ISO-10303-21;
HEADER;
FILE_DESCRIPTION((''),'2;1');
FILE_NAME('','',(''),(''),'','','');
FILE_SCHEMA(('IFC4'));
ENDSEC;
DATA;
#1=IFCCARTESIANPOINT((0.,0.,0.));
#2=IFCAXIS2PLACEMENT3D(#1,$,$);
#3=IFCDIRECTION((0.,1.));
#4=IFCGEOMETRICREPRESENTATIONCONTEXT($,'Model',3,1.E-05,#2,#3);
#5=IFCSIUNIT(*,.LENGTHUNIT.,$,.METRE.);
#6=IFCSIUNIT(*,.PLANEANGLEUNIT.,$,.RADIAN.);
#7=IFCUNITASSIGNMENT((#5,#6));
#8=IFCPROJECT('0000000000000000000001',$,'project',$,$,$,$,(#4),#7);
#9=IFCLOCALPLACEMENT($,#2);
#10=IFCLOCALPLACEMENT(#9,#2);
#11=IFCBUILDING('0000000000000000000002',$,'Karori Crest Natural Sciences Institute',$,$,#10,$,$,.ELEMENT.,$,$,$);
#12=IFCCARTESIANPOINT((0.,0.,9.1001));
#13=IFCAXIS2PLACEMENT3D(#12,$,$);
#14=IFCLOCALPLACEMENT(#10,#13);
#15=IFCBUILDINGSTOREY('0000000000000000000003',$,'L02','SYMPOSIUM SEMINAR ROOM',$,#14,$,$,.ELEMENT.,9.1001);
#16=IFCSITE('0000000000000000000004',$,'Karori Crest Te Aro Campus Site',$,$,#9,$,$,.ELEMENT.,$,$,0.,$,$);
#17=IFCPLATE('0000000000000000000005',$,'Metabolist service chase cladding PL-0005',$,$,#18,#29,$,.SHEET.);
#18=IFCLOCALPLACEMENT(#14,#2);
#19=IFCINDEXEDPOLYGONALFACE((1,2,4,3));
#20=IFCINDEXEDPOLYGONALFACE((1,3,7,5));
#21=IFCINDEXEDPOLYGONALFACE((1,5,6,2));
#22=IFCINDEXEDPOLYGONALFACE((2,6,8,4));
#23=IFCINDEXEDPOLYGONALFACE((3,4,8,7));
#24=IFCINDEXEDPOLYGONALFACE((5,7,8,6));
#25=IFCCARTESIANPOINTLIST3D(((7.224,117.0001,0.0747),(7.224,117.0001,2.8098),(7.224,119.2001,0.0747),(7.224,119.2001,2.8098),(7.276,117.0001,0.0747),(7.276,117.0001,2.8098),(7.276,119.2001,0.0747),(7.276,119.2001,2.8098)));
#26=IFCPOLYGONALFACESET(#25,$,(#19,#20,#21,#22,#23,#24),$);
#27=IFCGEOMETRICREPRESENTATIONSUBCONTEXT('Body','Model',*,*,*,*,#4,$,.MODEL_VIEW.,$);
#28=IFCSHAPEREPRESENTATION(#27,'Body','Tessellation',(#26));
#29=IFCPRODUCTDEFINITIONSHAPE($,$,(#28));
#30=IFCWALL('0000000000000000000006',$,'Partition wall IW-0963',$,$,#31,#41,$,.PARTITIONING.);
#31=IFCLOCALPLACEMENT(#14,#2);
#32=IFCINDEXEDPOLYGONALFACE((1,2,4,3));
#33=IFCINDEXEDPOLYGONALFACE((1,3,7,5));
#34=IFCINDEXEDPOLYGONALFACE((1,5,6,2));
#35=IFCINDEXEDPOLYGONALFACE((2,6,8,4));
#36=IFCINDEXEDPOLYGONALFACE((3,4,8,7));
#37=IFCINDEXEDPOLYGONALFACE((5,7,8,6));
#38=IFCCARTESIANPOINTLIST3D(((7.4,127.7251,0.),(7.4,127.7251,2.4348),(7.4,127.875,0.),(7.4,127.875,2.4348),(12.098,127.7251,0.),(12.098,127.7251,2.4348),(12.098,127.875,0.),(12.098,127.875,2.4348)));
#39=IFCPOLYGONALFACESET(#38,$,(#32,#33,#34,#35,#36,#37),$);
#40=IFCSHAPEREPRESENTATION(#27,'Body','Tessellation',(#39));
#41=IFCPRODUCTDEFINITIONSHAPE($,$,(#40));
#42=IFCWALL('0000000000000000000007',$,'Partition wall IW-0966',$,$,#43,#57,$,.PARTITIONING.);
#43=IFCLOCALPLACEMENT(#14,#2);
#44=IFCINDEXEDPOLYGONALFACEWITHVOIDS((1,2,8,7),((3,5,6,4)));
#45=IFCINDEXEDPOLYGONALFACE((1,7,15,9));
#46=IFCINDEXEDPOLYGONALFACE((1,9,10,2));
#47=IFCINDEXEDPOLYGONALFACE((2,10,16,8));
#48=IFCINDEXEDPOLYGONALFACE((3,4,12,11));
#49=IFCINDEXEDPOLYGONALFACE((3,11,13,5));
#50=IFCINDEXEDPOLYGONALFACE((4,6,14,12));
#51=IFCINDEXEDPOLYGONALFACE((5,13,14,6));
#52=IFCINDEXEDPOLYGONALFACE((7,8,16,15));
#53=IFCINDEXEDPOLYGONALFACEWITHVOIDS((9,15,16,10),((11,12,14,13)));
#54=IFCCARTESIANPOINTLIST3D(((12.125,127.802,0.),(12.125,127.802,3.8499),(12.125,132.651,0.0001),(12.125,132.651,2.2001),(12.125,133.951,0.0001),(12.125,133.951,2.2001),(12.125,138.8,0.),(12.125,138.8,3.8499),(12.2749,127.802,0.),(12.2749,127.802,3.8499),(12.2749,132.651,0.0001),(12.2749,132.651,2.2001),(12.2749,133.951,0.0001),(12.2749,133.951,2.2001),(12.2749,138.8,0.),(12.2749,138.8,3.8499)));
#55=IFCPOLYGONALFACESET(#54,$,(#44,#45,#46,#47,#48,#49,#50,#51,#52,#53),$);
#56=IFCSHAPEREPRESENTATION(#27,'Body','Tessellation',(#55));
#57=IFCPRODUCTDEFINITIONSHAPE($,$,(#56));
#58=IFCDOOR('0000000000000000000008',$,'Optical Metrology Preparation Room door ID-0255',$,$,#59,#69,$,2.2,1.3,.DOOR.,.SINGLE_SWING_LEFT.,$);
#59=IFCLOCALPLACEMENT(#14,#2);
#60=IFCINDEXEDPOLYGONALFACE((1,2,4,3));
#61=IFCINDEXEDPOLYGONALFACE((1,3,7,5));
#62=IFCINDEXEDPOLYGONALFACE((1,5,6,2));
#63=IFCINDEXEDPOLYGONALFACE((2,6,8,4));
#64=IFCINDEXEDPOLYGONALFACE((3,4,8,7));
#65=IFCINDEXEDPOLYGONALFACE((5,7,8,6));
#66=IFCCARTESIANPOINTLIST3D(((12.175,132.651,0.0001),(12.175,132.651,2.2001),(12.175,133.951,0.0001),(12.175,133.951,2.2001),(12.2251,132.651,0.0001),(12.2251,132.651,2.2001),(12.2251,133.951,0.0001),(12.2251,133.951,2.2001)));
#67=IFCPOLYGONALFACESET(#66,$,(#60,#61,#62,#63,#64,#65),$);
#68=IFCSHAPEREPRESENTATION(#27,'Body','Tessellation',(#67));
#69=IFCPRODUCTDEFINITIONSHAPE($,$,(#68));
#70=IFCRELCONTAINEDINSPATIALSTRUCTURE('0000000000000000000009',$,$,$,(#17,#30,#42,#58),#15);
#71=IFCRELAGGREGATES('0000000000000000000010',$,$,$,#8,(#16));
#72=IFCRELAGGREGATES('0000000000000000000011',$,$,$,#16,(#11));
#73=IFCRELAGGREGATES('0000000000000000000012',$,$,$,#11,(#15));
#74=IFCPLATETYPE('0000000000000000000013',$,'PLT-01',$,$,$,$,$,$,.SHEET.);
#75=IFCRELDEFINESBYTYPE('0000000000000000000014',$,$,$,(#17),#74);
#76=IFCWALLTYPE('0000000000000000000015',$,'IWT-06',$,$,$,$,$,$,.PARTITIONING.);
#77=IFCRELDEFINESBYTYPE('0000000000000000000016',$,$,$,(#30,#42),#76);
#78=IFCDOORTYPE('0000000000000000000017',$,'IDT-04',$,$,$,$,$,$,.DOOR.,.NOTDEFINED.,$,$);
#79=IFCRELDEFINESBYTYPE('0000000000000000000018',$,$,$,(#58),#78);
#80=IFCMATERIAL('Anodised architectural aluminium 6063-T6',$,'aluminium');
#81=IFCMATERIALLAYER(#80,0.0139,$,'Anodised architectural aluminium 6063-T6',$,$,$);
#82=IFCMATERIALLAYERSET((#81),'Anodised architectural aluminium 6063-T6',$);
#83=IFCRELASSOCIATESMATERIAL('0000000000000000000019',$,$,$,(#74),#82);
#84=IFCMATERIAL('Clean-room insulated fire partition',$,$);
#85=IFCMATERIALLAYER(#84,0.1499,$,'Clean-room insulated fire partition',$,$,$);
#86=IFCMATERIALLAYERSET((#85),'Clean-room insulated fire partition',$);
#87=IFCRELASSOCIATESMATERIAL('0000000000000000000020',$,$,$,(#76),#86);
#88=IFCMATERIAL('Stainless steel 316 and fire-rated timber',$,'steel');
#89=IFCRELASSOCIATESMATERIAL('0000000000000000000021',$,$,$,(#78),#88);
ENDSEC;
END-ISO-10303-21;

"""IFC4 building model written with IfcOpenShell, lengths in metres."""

from ifc_helpers import new_model, si_unit, direction, frame, frame_2d, origin, origin_2d, place, context, subcontext, project, spatial, rectangle, extrude, material, layer, layer_set, type_object, element, fill, save


model = new_model("IFC4")

# Units and contexts
model_context = context("Model", 3, precision=1e-05, world=origin(), true_north=direction((0.0, 1.0)))
body_context = subcontext(model_context, "Body", "Model", "MODEL_VIEW")
ifc_project = project(units=[si_unit("LENGTHUNIT", "METRE"), si_unit("PLANEANGLEUNIT", "RADIAN")], contexts=[model_context])

# Site, building, storey
site_placement = place(None, origin())
site = spatial("IfcSite", under=ifc_project, at=site_placement, Name="Karori Crest Te Aro Campus Site", CompositionType="ELEMENT", RefElevation=0.0)
building_placement = place(site_placement, origin())
building = spatial("IfcBuilding", under=site, at=building_placement, Name="Karori Crest Natural Sciences Institute", CompositionType="ELEMENT")
storey_placement = place(building_placement, frame((0.0, 0.0, 9.1001)))
storey = spatial("IfcBuildingStorey", under=building, at=storey_placement, Name="L02", Description="SYMPOSIUM SEMINAR ROOM", CompositionType="ELEMENT", Elevation=9.1001)

# Plate
ifc_material_1 = material(Name="Anodised architectural aluminium 6063-T6", Category="aluminium")
ifc_layer_1 = layer(ifc_material_1, 0.0139, Name="Anodised architectural aluminium 6063-T6")
ifc_layer_set_1 = layer_set([ifc_layer_1], Name="Anodised architectural aluminium 6063-T6")
plate_type = type_object("IfcPlateType", Name="PLT-01", PredefinedType="SHEET", material=ifc_layer_set_1)
plate_placement = place(storey_placement, frame((7.25, 118.1001, 0.0747), z_axis=(0.0, 0.0, 1.0), x_axis=(1.0, 0.0, 0.0)))
element("IfcPlate", 1, at=plate_placement, inside=storey, type_object=plate_type, Name="Metabolist service chase cladding PL-0005", PredefinedType="SHEET", context=body_context, shape_type="SweptSolid", body=[
    extrude(rectangle(XDim=0.052, YDim=2.2, at=origin_2d()), origin(), (0.0, 0.0, 1.0), 2.7351),
])

# Wall
ifc_material_2 = material(Name="Clean-room insulated fire partition")
ifc_layer_2 = layer(ifc_material_2, 0.1499, Name="Clean-room insulated fire partition")
ifc_layer_set_2 = layer_set([ifc_layer_2], Name="Clean-room insulated fire partition")
wall_type = type_object("IfcWallType", Name="IWT-06", PredefinedType="PARTITIONING", material=ifc_layer_set_2)
wall_1_placement = place(storey_placement, frame((7.3999, 127.8, 0.0), z_axis=(0.0, 0.0, 1.0), x_axis=(1.0, 0.0, 0.0)))
element("IfcWall", 2, at=wall_1_placement, inside=storey, type_object=wall_type, Name="Partition wall IW-0963", PredefinedType="PARTITIONING", context=body_context, shape_type="SweptSolid", body=[
    extrude(rectangle(XDim=4.698, YDim=0.1499, at=frame_2d((2.3491, 0.0))), origin(), (0.0, 0.0, 1.0), 2.4348),
])

# Wall, opening, door
wall_2_placement = place(storey_placement, frame((12.2, 127.802, 0.0), z_axis=(0.0, 0.0, 1.0), x_axis=(0.0, 1.0, 0.0)))
wall_2 = element("IfcWall", 3, at=wall_2_placement, inside=storey, type_object=wall_type, Name="Partition wall IW-0966", PredefinedType="PARTITIONING", context=body_context, shape_type="SweptSolid", body=[
    extrude(rectangle(XDim=10.998, YDim=0.1499, at=frame_2d((5.499, 0.0))), origin(), (0.0, 0.0, 1.0), 3.8499),
])
opening_placement = place(wall_2_placement, frame((4.8491, 0.0, 0.0)))
opening = element("IfcOpeningElement", 4, at=opening_placement, cuts=wall_2, PredefinedType="OPENING", context=body_context, shape_type="SweptSolid", body=[
    extrude(rectangle(XDim=1.3, YDim=2.2, at=frame_2d((0.6499, 1.1001))), frame((0.0, 0.085, 0.0), z_axis=(0.0, -1.0, 0.0), x_axis=(1.0, 0.0, 0.0)), (0.0, 0.0, 1.0), 0.1699),
])
ifc_material_3 = material(Name="Stainless steel 316 and fire-rated timber", Category="steel")
door_type = type_object("IfcDoorType", Name="IDT-04", OperationType="NOTDEFINED", PredefinedType="DOOR", material=ifc_material_3)
door_placement = place(opening_placement, origin())
door = element("IfcDoor", 5, at=door_placement, inside=storey, type_object=door_type, Name="Optical Metrology Preparation Room door ID-0255", OperationType="SINGLE_SWING_LEFT", OverallHeight=2.2, OverallWidth=1.3, PredefinedType="DOOR", context=body_context, shape_type="SweptSolid", body=[
    extrude(rectangle(XDim=1.3, YDim=2.2, at=frame_2d((0.6499, 1.1001))), frame((0.0, 0.0249, 0.0), z_axis=(0.0, -1.0, 0.0), x_axis=(1.0, 0.0, 0.0)), (0.0, 0.0, 1.0), 0.05),
])
fill(opening, door)

save(model, "model.ifc")
